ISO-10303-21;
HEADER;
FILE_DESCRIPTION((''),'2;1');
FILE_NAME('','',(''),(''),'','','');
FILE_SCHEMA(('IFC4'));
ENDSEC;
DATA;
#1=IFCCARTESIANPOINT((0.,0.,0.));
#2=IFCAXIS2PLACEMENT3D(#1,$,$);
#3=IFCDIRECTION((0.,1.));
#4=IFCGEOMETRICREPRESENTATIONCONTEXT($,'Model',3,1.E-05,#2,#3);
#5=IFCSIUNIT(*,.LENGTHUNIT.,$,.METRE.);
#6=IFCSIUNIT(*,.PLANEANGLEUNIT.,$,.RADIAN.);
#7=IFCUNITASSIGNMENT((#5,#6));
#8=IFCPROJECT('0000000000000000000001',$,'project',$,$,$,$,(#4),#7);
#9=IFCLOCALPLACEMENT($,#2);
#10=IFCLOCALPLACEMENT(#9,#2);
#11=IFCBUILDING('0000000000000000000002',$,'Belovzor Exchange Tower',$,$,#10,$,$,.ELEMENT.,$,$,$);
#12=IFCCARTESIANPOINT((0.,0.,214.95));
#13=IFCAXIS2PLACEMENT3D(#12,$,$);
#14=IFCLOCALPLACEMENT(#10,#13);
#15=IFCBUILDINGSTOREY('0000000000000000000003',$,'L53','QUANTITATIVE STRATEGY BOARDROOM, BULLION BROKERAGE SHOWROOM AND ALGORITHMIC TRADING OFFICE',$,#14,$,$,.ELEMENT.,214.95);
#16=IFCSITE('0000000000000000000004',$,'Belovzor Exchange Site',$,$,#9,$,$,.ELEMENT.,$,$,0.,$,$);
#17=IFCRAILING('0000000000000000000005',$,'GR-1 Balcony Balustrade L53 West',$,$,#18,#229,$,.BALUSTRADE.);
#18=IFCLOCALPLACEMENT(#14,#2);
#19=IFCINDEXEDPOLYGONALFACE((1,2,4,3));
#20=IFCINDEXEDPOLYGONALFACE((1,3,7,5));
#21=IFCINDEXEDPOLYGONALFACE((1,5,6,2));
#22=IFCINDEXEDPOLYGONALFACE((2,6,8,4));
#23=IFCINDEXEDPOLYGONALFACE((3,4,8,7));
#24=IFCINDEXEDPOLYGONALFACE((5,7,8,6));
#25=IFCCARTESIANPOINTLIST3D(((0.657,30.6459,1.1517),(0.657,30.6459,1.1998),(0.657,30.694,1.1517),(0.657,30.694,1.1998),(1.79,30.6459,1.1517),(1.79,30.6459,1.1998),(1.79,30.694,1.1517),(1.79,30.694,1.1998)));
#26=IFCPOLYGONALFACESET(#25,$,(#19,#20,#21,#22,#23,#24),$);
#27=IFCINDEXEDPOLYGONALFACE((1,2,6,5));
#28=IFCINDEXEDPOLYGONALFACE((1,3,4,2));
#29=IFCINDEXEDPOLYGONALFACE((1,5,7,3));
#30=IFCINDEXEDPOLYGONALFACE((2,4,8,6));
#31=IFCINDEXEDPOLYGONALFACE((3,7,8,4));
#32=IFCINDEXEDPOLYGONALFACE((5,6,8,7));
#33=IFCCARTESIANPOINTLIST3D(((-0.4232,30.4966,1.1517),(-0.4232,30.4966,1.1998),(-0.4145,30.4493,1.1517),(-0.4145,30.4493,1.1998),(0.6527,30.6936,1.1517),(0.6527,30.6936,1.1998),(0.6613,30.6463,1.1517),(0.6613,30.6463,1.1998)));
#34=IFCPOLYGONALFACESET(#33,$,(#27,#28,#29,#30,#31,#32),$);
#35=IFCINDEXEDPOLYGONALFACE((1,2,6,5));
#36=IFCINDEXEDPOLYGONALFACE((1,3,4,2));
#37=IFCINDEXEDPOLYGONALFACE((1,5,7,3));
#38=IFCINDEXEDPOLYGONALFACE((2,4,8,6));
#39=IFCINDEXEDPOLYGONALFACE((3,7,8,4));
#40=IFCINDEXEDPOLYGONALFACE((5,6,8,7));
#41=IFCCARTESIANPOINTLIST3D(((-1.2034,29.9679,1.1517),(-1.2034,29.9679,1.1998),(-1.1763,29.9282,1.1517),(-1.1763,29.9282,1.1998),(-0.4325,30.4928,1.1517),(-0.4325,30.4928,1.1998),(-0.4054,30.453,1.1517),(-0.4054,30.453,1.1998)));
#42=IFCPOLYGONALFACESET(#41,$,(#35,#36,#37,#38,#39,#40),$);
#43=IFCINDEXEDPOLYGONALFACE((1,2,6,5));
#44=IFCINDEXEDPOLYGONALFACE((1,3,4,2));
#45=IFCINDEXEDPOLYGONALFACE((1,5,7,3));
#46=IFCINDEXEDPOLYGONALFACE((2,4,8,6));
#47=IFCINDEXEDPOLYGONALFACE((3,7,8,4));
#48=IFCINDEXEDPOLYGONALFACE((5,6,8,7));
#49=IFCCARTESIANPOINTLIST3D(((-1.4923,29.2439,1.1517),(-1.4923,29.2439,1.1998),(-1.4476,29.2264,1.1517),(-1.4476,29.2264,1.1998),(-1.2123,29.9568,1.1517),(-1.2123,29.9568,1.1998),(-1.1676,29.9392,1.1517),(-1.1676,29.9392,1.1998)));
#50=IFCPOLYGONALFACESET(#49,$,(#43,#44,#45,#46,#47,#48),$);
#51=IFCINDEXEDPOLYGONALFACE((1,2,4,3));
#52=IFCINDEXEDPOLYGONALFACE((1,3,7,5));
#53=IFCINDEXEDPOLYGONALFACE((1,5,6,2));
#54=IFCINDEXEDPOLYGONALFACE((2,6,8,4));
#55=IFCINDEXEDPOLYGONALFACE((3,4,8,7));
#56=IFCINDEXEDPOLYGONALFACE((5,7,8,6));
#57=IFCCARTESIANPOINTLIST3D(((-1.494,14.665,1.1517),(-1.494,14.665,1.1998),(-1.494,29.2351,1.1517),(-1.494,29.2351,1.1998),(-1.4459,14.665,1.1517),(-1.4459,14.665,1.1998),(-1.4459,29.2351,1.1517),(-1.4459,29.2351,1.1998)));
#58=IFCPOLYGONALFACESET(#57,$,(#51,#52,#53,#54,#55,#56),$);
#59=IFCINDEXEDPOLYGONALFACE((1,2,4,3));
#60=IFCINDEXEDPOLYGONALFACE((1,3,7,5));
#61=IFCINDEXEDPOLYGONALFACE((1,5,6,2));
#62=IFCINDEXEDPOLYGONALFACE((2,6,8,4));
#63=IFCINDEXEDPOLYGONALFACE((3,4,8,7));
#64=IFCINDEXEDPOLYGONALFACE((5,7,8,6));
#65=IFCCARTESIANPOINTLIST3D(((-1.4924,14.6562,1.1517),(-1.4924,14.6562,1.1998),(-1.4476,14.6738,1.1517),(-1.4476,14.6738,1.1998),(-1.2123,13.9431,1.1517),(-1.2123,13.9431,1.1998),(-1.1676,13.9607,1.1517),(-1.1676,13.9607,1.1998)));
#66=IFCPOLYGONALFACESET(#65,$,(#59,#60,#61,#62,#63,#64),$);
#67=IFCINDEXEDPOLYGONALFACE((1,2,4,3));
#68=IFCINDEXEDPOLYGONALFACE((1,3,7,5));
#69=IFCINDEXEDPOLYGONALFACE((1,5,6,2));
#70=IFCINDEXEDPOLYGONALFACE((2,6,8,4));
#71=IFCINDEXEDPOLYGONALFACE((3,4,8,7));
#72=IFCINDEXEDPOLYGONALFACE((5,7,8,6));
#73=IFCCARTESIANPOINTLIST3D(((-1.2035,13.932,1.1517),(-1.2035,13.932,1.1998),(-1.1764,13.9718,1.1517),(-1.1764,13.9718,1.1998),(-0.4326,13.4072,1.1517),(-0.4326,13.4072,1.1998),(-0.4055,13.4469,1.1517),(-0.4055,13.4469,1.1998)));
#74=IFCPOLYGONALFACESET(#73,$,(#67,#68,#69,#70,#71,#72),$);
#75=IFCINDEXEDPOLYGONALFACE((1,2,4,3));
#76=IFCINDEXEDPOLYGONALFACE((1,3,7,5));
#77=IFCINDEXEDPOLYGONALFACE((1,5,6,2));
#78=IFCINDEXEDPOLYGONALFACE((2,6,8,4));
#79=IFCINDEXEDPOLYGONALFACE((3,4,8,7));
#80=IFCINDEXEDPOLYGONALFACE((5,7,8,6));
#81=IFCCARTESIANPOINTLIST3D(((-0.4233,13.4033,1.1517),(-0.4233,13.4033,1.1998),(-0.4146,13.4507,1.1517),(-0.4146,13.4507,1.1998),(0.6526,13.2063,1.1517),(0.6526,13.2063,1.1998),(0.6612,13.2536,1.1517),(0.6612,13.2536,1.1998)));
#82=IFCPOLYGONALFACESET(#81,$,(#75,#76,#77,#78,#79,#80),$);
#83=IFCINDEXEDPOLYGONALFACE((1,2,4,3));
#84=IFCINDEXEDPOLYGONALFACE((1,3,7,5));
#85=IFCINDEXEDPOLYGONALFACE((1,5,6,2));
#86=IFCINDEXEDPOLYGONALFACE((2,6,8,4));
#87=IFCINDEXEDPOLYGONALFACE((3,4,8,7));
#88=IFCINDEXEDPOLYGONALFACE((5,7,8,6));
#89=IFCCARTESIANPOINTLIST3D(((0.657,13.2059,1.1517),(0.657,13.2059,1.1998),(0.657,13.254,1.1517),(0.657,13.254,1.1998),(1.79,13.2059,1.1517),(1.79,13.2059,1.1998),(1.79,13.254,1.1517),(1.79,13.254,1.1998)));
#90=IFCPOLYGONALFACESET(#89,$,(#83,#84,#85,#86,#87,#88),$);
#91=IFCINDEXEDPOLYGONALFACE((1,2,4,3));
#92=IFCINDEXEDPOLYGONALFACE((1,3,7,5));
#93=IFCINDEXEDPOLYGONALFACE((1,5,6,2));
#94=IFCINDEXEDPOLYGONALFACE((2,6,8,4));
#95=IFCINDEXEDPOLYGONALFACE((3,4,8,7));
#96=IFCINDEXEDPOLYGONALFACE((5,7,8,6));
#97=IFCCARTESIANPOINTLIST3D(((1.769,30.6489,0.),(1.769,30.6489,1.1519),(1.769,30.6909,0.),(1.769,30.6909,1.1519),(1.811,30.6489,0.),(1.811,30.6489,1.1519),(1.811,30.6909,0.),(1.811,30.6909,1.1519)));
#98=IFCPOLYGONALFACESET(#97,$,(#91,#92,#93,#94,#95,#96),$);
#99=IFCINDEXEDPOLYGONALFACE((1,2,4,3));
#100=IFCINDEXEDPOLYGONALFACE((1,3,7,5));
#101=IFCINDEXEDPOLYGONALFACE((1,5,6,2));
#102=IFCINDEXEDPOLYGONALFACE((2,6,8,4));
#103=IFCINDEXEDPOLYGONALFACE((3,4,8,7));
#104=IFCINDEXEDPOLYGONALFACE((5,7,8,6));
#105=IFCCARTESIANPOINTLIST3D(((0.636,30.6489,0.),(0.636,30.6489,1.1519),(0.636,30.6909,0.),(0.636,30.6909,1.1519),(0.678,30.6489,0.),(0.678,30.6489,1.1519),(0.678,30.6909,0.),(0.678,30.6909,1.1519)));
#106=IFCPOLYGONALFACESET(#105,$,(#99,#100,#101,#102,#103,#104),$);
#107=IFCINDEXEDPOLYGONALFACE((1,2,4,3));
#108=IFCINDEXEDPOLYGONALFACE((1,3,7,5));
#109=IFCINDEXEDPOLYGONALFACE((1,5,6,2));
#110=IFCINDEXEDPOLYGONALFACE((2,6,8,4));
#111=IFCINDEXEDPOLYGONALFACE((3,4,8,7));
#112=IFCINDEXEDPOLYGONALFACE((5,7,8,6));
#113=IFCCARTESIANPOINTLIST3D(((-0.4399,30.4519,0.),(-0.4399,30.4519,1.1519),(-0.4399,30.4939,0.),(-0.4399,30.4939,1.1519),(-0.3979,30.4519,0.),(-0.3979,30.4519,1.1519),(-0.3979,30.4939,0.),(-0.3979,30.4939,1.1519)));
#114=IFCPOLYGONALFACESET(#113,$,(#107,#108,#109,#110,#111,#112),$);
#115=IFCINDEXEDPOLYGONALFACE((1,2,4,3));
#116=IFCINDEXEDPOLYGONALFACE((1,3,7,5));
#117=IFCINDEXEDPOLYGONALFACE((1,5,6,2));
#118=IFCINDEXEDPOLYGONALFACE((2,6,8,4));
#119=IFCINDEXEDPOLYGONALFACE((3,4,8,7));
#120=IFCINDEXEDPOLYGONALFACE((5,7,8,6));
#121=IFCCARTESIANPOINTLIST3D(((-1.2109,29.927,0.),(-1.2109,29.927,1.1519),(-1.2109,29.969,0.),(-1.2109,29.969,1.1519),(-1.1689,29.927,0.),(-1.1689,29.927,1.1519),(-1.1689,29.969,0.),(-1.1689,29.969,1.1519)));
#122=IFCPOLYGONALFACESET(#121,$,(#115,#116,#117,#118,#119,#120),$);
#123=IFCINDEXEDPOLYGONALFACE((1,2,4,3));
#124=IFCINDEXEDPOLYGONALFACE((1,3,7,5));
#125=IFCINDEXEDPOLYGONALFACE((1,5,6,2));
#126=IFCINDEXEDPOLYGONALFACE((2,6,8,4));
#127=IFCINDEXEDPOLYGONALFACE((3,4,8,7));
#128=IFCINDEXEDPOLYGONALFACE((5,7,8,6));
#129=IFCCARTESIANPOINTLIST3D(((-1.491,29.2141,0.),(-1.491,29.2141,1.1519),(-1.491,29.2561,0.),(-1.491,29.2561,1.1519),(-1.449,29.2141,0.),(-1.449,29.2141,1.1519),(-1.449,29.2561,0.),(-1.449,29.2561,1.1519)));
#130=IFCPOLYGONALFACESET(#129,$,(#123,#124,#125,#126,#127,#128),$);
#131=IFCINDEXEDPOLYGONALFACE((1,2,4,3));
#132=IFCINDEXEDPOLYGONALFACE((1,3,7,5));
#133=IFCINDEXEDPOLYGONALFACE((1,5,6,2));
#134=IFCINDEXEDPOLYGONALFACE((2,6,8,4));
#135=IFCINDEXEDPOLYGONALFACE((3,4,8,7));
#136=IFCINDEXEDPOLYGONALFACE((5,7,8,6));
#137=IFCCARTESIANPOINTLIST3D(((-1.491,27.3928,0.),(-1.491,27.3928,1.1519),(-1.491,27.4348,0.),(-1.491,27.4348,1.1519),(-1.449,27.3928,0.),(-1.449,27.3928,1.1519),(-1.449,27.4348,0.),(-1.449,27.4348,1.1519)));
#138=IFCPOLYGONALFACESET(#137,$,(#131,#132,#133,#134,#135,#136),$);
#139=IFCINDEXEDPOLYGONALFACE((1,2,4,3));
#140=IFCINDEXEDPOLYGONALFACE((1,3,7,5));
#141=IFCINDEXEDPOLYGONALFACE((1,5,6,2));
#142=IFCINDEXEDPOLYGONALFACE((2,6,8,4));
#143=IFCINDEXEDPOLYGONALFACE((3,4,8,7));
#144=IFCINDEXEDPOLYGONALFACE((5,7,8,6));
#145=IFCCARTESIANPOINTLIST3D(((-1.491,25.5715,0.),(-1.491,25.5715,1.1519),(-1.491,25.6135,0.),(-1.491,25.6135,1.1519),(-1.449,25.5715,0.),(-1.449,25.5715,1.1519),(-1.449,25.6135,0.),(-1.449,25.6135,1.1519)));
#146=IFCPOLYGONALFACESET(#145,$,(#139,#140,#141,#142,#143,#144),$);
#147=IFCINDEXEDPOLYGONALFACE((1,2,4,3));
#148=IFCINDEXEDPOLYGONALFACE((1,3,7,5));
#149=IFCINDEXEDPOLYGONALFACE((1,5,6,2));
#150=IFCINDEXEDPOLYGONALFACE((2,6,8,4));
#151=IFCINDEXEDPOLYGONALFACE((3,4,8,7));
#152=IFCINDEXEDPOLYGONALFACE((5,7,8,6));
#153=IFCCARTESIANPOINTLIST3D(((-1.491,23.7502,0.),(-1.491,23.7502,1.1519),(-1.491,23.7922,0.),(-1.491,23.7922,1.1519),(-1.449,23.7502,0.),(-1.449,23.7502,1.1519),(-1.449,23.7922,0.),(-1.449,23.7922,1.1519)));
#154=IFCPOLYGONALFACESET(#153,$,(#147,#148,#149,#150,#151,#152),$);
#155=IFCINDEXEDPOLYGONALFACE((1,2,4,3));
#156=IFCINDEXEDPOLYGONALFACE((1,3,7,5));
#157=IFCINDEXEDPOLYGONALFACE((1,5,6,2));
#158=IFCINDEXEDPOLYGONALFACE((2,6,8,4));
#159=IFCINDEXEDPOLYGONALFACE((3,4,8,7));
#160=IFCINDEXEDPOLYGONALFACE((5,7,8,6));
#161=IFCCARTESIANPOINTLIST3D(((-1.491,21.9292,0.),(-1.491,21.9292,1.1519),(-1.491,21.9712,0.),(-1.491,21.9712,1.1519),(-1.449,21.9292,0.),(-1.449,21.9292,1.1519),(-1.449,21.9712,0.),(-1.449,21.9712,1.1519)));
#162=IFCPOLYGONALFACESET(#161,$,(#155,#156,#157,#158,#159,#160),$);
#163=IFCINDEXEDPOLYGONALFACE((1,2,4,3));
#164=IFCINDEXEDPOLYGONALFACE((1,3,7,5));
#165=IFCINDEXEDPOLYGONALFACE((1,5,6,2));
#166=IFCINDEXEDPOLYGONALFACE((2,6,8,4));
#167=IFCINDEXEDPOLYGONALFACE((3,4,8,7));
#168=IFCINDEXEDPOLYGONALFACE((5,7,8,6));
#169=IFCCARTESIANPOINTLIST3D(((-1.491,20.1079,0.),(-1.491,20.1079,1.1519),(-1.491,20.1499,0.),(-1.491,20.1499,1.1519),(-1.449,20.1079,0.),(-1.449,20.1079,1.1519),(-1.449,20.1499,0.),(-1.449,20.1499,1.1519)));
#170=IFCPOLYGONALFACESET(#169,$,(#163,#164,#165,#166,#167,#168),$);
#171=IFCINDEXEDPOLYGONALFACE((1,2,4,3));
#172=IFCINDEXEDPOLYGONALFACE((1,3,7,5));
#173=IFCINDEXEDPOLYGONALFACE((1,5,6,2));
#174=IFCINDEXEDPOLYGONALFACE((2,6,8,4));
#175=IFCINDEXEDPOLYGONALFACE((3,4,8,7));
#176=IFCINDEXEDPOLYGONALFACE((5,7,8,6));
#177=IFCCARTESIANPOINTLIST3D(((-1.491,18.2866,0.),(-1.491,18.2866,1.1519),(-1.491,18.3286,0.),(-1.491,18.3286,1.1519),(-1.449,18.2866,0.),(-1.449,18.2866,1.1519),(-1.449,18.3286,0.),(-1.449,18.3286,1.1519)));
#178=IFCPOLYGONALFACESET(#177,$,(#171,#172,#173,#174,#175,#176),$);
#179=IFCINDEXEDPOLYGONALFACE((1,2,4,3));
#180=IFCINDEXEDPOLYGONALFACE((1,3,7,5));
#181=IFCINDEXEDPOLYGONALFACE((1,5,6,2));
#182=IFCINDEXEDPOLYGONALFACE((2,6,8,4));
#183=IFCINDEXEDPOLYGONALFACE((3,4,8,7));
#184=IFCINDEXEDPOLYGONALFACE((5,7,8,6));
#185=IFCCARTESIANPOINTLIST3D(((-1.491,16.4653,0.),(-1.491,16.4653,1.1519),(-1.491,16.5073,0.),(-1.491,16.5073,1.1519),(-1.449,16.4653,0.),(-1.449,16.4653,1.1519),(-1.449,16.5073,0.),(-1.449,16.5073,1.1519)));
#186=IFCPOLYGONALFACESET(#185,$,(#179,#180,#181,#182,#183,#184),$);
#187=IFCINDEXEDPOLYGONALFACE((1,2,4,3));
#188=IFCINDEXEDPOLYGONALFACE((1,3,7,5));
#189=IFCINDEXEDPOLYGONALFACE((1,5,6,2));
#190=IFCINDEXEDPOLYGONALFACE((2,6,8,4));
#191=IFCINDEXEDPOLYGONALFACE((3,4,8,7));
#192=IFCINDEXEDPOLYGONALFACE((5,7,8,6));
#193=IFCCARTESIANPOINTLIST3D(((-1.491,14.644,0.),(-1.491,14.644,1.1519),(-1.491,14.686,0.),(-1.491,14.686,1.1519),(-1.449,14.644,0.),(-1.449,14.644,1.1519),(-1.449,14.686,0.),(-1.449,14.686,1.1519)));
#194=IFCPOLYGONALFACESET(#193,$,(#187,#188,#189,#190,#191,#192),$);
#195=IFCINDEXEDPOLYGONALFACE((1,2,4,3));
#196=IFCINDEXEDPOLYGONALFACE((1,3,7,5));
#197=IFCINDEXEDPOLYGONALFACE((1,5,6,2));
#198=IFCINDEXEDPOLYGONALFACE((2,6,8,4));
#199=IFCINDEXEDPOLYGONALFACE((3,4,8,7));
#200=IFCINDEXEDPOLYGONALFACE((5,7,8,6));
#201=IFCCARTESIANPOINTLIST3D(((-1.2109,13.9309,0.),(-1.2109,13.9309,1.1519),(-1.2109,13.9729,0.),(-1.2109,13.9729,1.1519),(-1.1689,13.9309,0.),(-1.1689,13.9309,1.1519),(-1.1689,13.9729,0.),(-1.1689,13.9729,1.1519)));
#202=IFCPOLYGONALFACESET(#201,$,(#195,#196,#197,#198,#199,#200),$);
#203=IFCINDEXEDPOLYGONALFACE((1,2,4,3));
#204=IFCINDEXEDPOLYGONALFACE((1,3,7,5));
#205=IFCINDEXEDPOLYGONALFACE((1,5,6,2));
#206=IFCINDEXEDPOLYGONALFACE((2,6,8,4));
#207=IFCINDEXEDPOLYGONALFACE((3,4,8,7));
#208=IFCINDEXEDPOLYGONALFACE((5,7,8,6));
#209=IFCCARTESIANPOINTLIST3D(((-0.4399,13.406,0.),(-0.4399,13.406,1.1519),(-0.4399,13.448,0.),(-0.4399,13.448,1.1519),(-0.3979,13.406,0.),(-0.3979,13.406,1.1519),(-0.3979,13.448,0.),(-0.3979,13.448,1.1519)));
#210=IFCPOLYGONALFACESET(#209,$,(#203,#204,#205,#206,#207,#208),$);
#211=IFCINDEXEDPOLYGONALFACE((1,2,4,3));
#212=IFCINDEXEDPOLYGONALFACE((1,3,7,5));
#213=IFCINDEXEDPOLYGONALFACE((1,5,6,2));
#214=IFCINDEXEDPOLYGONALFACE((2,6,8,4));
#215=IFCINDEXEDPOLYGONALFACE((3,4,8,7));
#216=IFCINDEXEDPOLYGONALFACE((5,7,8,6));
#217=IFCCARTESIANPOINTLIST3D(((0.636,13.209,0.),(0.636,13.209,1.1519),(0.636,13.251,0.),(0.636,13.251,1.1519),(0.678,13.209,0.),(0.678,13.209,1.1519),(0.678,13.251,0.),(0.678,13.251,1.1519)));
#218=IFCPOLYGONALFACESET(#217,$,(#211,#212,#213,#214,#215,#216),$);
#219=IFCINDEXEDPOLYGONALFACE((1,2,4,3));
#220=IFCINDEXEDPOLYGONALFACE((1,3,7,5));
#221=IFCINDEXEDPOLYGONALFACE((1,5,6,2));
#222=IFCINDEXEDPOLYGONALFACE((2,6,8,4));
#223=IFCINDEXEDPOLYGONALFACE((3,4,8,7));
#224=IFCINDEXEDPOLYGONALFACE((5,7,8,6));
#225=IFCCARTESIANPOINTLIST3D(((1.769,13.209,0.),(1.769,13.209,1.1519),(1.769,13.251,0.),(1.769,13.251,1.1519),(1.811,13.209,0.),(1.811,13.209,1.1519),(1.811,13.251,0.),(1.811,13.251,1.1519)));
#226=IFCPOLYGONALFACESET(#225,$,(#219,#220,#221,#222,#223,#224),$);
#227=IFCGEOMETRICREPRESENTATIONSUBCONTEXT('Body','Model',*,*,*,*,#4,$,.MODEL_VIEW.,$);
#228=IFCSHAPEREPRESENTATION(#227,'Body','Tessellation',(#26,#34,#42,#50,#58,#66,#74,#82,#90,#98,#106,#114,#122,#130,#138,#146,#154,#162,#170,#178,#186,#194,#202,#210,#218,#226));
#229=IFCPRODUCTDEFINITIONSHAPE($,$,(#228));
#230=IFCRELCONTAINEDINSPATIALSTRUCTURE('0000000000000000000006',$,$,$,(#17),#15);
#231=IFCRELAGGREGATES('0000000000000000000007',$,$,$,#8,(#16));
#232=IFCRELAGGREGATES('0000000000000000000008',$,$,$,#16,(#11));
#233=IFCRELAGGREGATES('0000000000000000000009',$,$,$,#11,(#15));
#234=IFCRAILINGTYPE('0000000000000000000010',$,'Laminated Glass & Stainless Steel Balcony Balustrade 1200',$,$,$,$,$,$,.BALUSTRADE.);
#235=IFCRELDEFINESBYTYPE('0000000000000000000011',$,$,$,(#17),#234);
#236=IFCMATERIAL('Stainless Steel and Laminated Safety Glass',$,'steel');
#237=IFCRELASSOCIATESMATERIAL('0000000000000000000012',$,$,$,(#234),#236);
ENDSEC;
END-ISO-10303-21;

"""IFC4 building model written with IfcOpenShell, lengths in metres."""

from ifc_helpers import new_model, si_unit, direction, frame, origin, origin_2d, place, context, subcontext, project, spatial, rectangle, extrude, material, type_object, element, save


model = new_model("IFC4")

# Units and contexts
model_context = context("Model", 3, precision=1e-05, world=origin(), true_north=direction((0.0, 1.0)))
body_context = subcontext(model_context, "Body", "Model", "MODEL_VIEW")
ifc_project = project(units=[si_unit("LENGTHUNIT", "METRE"), si_unit("PLANEANGLEUNIT", "RADIAN")], contexts=[model_context])

# Site, building, storey
site_placement = place(None, origin())
site = spatial("IfcSite", under=ifc_project, at=site_placement, Name="Belovzor Exchange Site", CompositionType="ELEMENT", RefElevation=0.0)
building_placement = place(site_placement, origin())
building = spatial("IfcBuilding", under=site, at=building_placement, Name="Belovzor Exchange Tower", CompositionType="ELEMENT")
storey_placement = place(building_placement, frame((0.0, 0.0, 214.95)))
storey = spatial("IfcBuildingStorey", under=building, at=storey_placement, Name="L53", Description="QUANTITATIVE STRATEGY BOARDROOM, BULLION BROKERAGE SHOWROOM AND ALGORITHMIC TRADING OFFICE", CompositionType="ELEMENT", Elevation=214.95)

# Railing
ifc_material_1 = material(Name="Stainless Steel and Laminated Safety Glass", Category="steel")
railing_type_1 = type_object("IfcRailingType", Name="Laminated Glass & Stainless Steel Balcony Balustrade 1200", PredefinedType="BALUSTRADE", material=ifc_material_1)
railing_1_placement = place(storey_placement, frame((1.79, 30.6699, 0.0)))
element("IfcRailing", 1, at=railing_1_placement, inside=storey, type_object=railing_type_1, Name="GR-1 Balcony Balustrade L53 West", PredefinedType="BALUSTRADE", context=body_context, shape_type="SweptSolid", body=[
    extrude(rectangle(XDim=0.0481, YDim=0.0481, at=origin_2d()), frame((0.0, 0.0, 1.1758), z_axis=(-1.0, 0.0, 0.0), x_axis=(0.0, -1.0, 0.0)), (0.0, 0.0, 1.0), 1.1331),
    extrude(rectangle(XDim=0.0481, YDim=0.0481, at=origin_2d()), frame((-1.1331, 0.0, 1.1758), z_axis=(-0.983644, -0.180123, 0.0), x_axis=(0.180123, -0.983644, 0.0)), (0.0, 0.0, 1.0), 1.0938),
    extrude(rectangle(XDim=0.0481, YDim=0.0481, at=origin_2d()), frame((-2.209, -0.197, 1.1758), z_axis=(-0.826615, -0.562768, 0.0), x_axis=(0.562768, -0.826615, 0.0)), (0.0, 0.0, 1.0), 0.9326),
    extrude(rectangle(XDim=0.0481, YDim=0.0481, at=origin_2d()), frame((-2.98, -0.7219, 1.1758), z_axis=(-0.365613, -0.930767, 0.0), x_axis=(0.930767, -0.365613, 0.0)), (0.0, 0.0, 1.0), 0.7659),
    extrude(rectangle(XDim=0.0481, YDim=0.0481, at=origin_2d()), frame((-3.26, -1.4348, 1.1758), z_axis=(0.0, -1.0, 0.0), x_axis=(1.0, 0.0, 0.0)), (0.0, 0.0, 1.0), 14.5701),
    extrude(rectangle(XDim=0.0481, YDim=0.0481, at=origin_2d()), frame((-3.26, -16.0049, 1.1758), z_axis=(0.365504, -0.93081, 0.0), x_axis=(0.93081, 0.365504, 0.0)), (0.0, 0.0, 1.0), 0.7661),
    extrude(rectangle(XDim=0.0481, YDim=0.0481, at=origin_2d()), frame((-2.98, -16.718, 1.1758), z_axis=(0.826615, -0.562768, 0.0), x_axis=(0.562768, 0.826615, 0.0)), (0.0, 0.0, 1.0), 0.9326),
    extrude(rectangle(XDim=0.0481, YDim=0.0481, at=origin_2d()), frame((-2.209, -17.2429, 1.1758), z_axis=(0.983644, -0.180123, 0.0), x_axis=(0.180123, 0.983644, 0.0)), (0.0, 0.0, 1.0), 1.0938),
    extrude(rectangle(XDim=0.0481, YDim=0.0481, at=origin_2d()), frame((-1.1331, -17.4399, 1.1758), z_axis=(1.0, 0.0, 0.0), x_axis=(0.0, 1.0, 0.0)), (0.0, 0.0, 1.0), 1.1331),
    extrude(rectangle(XDim=0.042, YDim=0.042, at=origin_2d()), origin(), (0.0, 0.0, 1.0), 1.1519),
    extrude(rectangle(XDim=0.042, YDim=0.042, at=origin_2d()), frame((-1.1331, 0.0, 0.0)), (0.0, 0.0, 1.0), 1.1519),
    extrude(rectangle(XDim=0.042, YDim=0.042, at=origin_2d()), frame((-2.209, -0.197, 0.0)), (0.0, 0.0, 1.0), 1.1519),
    extrude(rectangle(XDim=0.042, YDim=0.042, at=origin_2d()), frame((-2.98, -0.7219, 0.0)), (0.0, 0.0, 1.0), 1.1519),
    extrude(rectangle(XDim=0.042, YDim=0.042, at=origin_2d()), frame((-3.26, -1.4348, 0.0)), (0.0, 0.0, 1.0), 1.1519),
    extrude(rectangle(XDim=0.042, YDim=0.042, at=origin_2d()), frame((-3.26, -3.2561, 0.0)), (0.0, 0.0, 1.0), 1.1519),
    extrude(rectangle(XDim=0.042, YDim=0.042, at=origin_2d()), frame((-3.26, -5.0774, 0.0)), (0.0, 0.0, 1.0), 1.1519),
    extrude(rectangle(XDim=0.042, YDim=0.042, at=origin_2d()), frame((-3.26, -6.8987, 0.0)), (0.0, 0.0, 1.0), 1.1519),
    extrude(rectangle(XDim=0.042, YDim=0.042, at=origin_2d()), frame((-3.26, -8.7197, 0.0)), (0.0, 0.0, 1.0), 1.1519),
    extrude(rectangle(XDim=0.042, YDim=0.042, at=origin_2d()), frame((-3.26, -10.541, 0.0)), (0.0, 0.0, 1.0), 1.1519),
    extrude(rectangle(XDim=0.042, YDim=0.042, at=origin_2d()), frame((-3.26, -12.3623, 0.0)), (0.0, 0.0, 1.0), 1.1519),
    extrude(rectangle(XDim=0.042, YDim=0.042, at=origin_2d()), frame((-3.26, -14.1836, 0.0)), (0.0, 0.0, 1.0), 1.1519),
    extrude(rectangle(XDim=0.042, YDim=0.042, at=origin_2d()), frame((-3.26, -16.0049, 0.0)), (0.0, 0.0, 1.0), 1.1519),
    extrude(rectangle(XDim=0.042, YDim=0.042, at=origin_2d()), frame((-2.98, -16.718, 0.0)), (0.0, 0.0, 1.0), 1.1519),
    extrude(rectangle(XDim=0.042, YDim=0.042, at=origin_2d()), frame((-2.209, -17.2429, 0.0)), (0.0, 0.0, 1.0), 1.1519),
    extrude(rectangle(XDim=0.042, YDim=0.042, at=origin_2d()), frame((-1.1331, -17.4399, 0.0)), (0.0, 0.0, 1.0), 1.1519),
    extrude(rectangle(XDim=0.042, YDim=0.042, at=origin_2d()), frame((0.0, -17.4399, 0.0)), (0.0, 0.0, 1.0), 1.1519),
])

save(model, "model.ifc")
